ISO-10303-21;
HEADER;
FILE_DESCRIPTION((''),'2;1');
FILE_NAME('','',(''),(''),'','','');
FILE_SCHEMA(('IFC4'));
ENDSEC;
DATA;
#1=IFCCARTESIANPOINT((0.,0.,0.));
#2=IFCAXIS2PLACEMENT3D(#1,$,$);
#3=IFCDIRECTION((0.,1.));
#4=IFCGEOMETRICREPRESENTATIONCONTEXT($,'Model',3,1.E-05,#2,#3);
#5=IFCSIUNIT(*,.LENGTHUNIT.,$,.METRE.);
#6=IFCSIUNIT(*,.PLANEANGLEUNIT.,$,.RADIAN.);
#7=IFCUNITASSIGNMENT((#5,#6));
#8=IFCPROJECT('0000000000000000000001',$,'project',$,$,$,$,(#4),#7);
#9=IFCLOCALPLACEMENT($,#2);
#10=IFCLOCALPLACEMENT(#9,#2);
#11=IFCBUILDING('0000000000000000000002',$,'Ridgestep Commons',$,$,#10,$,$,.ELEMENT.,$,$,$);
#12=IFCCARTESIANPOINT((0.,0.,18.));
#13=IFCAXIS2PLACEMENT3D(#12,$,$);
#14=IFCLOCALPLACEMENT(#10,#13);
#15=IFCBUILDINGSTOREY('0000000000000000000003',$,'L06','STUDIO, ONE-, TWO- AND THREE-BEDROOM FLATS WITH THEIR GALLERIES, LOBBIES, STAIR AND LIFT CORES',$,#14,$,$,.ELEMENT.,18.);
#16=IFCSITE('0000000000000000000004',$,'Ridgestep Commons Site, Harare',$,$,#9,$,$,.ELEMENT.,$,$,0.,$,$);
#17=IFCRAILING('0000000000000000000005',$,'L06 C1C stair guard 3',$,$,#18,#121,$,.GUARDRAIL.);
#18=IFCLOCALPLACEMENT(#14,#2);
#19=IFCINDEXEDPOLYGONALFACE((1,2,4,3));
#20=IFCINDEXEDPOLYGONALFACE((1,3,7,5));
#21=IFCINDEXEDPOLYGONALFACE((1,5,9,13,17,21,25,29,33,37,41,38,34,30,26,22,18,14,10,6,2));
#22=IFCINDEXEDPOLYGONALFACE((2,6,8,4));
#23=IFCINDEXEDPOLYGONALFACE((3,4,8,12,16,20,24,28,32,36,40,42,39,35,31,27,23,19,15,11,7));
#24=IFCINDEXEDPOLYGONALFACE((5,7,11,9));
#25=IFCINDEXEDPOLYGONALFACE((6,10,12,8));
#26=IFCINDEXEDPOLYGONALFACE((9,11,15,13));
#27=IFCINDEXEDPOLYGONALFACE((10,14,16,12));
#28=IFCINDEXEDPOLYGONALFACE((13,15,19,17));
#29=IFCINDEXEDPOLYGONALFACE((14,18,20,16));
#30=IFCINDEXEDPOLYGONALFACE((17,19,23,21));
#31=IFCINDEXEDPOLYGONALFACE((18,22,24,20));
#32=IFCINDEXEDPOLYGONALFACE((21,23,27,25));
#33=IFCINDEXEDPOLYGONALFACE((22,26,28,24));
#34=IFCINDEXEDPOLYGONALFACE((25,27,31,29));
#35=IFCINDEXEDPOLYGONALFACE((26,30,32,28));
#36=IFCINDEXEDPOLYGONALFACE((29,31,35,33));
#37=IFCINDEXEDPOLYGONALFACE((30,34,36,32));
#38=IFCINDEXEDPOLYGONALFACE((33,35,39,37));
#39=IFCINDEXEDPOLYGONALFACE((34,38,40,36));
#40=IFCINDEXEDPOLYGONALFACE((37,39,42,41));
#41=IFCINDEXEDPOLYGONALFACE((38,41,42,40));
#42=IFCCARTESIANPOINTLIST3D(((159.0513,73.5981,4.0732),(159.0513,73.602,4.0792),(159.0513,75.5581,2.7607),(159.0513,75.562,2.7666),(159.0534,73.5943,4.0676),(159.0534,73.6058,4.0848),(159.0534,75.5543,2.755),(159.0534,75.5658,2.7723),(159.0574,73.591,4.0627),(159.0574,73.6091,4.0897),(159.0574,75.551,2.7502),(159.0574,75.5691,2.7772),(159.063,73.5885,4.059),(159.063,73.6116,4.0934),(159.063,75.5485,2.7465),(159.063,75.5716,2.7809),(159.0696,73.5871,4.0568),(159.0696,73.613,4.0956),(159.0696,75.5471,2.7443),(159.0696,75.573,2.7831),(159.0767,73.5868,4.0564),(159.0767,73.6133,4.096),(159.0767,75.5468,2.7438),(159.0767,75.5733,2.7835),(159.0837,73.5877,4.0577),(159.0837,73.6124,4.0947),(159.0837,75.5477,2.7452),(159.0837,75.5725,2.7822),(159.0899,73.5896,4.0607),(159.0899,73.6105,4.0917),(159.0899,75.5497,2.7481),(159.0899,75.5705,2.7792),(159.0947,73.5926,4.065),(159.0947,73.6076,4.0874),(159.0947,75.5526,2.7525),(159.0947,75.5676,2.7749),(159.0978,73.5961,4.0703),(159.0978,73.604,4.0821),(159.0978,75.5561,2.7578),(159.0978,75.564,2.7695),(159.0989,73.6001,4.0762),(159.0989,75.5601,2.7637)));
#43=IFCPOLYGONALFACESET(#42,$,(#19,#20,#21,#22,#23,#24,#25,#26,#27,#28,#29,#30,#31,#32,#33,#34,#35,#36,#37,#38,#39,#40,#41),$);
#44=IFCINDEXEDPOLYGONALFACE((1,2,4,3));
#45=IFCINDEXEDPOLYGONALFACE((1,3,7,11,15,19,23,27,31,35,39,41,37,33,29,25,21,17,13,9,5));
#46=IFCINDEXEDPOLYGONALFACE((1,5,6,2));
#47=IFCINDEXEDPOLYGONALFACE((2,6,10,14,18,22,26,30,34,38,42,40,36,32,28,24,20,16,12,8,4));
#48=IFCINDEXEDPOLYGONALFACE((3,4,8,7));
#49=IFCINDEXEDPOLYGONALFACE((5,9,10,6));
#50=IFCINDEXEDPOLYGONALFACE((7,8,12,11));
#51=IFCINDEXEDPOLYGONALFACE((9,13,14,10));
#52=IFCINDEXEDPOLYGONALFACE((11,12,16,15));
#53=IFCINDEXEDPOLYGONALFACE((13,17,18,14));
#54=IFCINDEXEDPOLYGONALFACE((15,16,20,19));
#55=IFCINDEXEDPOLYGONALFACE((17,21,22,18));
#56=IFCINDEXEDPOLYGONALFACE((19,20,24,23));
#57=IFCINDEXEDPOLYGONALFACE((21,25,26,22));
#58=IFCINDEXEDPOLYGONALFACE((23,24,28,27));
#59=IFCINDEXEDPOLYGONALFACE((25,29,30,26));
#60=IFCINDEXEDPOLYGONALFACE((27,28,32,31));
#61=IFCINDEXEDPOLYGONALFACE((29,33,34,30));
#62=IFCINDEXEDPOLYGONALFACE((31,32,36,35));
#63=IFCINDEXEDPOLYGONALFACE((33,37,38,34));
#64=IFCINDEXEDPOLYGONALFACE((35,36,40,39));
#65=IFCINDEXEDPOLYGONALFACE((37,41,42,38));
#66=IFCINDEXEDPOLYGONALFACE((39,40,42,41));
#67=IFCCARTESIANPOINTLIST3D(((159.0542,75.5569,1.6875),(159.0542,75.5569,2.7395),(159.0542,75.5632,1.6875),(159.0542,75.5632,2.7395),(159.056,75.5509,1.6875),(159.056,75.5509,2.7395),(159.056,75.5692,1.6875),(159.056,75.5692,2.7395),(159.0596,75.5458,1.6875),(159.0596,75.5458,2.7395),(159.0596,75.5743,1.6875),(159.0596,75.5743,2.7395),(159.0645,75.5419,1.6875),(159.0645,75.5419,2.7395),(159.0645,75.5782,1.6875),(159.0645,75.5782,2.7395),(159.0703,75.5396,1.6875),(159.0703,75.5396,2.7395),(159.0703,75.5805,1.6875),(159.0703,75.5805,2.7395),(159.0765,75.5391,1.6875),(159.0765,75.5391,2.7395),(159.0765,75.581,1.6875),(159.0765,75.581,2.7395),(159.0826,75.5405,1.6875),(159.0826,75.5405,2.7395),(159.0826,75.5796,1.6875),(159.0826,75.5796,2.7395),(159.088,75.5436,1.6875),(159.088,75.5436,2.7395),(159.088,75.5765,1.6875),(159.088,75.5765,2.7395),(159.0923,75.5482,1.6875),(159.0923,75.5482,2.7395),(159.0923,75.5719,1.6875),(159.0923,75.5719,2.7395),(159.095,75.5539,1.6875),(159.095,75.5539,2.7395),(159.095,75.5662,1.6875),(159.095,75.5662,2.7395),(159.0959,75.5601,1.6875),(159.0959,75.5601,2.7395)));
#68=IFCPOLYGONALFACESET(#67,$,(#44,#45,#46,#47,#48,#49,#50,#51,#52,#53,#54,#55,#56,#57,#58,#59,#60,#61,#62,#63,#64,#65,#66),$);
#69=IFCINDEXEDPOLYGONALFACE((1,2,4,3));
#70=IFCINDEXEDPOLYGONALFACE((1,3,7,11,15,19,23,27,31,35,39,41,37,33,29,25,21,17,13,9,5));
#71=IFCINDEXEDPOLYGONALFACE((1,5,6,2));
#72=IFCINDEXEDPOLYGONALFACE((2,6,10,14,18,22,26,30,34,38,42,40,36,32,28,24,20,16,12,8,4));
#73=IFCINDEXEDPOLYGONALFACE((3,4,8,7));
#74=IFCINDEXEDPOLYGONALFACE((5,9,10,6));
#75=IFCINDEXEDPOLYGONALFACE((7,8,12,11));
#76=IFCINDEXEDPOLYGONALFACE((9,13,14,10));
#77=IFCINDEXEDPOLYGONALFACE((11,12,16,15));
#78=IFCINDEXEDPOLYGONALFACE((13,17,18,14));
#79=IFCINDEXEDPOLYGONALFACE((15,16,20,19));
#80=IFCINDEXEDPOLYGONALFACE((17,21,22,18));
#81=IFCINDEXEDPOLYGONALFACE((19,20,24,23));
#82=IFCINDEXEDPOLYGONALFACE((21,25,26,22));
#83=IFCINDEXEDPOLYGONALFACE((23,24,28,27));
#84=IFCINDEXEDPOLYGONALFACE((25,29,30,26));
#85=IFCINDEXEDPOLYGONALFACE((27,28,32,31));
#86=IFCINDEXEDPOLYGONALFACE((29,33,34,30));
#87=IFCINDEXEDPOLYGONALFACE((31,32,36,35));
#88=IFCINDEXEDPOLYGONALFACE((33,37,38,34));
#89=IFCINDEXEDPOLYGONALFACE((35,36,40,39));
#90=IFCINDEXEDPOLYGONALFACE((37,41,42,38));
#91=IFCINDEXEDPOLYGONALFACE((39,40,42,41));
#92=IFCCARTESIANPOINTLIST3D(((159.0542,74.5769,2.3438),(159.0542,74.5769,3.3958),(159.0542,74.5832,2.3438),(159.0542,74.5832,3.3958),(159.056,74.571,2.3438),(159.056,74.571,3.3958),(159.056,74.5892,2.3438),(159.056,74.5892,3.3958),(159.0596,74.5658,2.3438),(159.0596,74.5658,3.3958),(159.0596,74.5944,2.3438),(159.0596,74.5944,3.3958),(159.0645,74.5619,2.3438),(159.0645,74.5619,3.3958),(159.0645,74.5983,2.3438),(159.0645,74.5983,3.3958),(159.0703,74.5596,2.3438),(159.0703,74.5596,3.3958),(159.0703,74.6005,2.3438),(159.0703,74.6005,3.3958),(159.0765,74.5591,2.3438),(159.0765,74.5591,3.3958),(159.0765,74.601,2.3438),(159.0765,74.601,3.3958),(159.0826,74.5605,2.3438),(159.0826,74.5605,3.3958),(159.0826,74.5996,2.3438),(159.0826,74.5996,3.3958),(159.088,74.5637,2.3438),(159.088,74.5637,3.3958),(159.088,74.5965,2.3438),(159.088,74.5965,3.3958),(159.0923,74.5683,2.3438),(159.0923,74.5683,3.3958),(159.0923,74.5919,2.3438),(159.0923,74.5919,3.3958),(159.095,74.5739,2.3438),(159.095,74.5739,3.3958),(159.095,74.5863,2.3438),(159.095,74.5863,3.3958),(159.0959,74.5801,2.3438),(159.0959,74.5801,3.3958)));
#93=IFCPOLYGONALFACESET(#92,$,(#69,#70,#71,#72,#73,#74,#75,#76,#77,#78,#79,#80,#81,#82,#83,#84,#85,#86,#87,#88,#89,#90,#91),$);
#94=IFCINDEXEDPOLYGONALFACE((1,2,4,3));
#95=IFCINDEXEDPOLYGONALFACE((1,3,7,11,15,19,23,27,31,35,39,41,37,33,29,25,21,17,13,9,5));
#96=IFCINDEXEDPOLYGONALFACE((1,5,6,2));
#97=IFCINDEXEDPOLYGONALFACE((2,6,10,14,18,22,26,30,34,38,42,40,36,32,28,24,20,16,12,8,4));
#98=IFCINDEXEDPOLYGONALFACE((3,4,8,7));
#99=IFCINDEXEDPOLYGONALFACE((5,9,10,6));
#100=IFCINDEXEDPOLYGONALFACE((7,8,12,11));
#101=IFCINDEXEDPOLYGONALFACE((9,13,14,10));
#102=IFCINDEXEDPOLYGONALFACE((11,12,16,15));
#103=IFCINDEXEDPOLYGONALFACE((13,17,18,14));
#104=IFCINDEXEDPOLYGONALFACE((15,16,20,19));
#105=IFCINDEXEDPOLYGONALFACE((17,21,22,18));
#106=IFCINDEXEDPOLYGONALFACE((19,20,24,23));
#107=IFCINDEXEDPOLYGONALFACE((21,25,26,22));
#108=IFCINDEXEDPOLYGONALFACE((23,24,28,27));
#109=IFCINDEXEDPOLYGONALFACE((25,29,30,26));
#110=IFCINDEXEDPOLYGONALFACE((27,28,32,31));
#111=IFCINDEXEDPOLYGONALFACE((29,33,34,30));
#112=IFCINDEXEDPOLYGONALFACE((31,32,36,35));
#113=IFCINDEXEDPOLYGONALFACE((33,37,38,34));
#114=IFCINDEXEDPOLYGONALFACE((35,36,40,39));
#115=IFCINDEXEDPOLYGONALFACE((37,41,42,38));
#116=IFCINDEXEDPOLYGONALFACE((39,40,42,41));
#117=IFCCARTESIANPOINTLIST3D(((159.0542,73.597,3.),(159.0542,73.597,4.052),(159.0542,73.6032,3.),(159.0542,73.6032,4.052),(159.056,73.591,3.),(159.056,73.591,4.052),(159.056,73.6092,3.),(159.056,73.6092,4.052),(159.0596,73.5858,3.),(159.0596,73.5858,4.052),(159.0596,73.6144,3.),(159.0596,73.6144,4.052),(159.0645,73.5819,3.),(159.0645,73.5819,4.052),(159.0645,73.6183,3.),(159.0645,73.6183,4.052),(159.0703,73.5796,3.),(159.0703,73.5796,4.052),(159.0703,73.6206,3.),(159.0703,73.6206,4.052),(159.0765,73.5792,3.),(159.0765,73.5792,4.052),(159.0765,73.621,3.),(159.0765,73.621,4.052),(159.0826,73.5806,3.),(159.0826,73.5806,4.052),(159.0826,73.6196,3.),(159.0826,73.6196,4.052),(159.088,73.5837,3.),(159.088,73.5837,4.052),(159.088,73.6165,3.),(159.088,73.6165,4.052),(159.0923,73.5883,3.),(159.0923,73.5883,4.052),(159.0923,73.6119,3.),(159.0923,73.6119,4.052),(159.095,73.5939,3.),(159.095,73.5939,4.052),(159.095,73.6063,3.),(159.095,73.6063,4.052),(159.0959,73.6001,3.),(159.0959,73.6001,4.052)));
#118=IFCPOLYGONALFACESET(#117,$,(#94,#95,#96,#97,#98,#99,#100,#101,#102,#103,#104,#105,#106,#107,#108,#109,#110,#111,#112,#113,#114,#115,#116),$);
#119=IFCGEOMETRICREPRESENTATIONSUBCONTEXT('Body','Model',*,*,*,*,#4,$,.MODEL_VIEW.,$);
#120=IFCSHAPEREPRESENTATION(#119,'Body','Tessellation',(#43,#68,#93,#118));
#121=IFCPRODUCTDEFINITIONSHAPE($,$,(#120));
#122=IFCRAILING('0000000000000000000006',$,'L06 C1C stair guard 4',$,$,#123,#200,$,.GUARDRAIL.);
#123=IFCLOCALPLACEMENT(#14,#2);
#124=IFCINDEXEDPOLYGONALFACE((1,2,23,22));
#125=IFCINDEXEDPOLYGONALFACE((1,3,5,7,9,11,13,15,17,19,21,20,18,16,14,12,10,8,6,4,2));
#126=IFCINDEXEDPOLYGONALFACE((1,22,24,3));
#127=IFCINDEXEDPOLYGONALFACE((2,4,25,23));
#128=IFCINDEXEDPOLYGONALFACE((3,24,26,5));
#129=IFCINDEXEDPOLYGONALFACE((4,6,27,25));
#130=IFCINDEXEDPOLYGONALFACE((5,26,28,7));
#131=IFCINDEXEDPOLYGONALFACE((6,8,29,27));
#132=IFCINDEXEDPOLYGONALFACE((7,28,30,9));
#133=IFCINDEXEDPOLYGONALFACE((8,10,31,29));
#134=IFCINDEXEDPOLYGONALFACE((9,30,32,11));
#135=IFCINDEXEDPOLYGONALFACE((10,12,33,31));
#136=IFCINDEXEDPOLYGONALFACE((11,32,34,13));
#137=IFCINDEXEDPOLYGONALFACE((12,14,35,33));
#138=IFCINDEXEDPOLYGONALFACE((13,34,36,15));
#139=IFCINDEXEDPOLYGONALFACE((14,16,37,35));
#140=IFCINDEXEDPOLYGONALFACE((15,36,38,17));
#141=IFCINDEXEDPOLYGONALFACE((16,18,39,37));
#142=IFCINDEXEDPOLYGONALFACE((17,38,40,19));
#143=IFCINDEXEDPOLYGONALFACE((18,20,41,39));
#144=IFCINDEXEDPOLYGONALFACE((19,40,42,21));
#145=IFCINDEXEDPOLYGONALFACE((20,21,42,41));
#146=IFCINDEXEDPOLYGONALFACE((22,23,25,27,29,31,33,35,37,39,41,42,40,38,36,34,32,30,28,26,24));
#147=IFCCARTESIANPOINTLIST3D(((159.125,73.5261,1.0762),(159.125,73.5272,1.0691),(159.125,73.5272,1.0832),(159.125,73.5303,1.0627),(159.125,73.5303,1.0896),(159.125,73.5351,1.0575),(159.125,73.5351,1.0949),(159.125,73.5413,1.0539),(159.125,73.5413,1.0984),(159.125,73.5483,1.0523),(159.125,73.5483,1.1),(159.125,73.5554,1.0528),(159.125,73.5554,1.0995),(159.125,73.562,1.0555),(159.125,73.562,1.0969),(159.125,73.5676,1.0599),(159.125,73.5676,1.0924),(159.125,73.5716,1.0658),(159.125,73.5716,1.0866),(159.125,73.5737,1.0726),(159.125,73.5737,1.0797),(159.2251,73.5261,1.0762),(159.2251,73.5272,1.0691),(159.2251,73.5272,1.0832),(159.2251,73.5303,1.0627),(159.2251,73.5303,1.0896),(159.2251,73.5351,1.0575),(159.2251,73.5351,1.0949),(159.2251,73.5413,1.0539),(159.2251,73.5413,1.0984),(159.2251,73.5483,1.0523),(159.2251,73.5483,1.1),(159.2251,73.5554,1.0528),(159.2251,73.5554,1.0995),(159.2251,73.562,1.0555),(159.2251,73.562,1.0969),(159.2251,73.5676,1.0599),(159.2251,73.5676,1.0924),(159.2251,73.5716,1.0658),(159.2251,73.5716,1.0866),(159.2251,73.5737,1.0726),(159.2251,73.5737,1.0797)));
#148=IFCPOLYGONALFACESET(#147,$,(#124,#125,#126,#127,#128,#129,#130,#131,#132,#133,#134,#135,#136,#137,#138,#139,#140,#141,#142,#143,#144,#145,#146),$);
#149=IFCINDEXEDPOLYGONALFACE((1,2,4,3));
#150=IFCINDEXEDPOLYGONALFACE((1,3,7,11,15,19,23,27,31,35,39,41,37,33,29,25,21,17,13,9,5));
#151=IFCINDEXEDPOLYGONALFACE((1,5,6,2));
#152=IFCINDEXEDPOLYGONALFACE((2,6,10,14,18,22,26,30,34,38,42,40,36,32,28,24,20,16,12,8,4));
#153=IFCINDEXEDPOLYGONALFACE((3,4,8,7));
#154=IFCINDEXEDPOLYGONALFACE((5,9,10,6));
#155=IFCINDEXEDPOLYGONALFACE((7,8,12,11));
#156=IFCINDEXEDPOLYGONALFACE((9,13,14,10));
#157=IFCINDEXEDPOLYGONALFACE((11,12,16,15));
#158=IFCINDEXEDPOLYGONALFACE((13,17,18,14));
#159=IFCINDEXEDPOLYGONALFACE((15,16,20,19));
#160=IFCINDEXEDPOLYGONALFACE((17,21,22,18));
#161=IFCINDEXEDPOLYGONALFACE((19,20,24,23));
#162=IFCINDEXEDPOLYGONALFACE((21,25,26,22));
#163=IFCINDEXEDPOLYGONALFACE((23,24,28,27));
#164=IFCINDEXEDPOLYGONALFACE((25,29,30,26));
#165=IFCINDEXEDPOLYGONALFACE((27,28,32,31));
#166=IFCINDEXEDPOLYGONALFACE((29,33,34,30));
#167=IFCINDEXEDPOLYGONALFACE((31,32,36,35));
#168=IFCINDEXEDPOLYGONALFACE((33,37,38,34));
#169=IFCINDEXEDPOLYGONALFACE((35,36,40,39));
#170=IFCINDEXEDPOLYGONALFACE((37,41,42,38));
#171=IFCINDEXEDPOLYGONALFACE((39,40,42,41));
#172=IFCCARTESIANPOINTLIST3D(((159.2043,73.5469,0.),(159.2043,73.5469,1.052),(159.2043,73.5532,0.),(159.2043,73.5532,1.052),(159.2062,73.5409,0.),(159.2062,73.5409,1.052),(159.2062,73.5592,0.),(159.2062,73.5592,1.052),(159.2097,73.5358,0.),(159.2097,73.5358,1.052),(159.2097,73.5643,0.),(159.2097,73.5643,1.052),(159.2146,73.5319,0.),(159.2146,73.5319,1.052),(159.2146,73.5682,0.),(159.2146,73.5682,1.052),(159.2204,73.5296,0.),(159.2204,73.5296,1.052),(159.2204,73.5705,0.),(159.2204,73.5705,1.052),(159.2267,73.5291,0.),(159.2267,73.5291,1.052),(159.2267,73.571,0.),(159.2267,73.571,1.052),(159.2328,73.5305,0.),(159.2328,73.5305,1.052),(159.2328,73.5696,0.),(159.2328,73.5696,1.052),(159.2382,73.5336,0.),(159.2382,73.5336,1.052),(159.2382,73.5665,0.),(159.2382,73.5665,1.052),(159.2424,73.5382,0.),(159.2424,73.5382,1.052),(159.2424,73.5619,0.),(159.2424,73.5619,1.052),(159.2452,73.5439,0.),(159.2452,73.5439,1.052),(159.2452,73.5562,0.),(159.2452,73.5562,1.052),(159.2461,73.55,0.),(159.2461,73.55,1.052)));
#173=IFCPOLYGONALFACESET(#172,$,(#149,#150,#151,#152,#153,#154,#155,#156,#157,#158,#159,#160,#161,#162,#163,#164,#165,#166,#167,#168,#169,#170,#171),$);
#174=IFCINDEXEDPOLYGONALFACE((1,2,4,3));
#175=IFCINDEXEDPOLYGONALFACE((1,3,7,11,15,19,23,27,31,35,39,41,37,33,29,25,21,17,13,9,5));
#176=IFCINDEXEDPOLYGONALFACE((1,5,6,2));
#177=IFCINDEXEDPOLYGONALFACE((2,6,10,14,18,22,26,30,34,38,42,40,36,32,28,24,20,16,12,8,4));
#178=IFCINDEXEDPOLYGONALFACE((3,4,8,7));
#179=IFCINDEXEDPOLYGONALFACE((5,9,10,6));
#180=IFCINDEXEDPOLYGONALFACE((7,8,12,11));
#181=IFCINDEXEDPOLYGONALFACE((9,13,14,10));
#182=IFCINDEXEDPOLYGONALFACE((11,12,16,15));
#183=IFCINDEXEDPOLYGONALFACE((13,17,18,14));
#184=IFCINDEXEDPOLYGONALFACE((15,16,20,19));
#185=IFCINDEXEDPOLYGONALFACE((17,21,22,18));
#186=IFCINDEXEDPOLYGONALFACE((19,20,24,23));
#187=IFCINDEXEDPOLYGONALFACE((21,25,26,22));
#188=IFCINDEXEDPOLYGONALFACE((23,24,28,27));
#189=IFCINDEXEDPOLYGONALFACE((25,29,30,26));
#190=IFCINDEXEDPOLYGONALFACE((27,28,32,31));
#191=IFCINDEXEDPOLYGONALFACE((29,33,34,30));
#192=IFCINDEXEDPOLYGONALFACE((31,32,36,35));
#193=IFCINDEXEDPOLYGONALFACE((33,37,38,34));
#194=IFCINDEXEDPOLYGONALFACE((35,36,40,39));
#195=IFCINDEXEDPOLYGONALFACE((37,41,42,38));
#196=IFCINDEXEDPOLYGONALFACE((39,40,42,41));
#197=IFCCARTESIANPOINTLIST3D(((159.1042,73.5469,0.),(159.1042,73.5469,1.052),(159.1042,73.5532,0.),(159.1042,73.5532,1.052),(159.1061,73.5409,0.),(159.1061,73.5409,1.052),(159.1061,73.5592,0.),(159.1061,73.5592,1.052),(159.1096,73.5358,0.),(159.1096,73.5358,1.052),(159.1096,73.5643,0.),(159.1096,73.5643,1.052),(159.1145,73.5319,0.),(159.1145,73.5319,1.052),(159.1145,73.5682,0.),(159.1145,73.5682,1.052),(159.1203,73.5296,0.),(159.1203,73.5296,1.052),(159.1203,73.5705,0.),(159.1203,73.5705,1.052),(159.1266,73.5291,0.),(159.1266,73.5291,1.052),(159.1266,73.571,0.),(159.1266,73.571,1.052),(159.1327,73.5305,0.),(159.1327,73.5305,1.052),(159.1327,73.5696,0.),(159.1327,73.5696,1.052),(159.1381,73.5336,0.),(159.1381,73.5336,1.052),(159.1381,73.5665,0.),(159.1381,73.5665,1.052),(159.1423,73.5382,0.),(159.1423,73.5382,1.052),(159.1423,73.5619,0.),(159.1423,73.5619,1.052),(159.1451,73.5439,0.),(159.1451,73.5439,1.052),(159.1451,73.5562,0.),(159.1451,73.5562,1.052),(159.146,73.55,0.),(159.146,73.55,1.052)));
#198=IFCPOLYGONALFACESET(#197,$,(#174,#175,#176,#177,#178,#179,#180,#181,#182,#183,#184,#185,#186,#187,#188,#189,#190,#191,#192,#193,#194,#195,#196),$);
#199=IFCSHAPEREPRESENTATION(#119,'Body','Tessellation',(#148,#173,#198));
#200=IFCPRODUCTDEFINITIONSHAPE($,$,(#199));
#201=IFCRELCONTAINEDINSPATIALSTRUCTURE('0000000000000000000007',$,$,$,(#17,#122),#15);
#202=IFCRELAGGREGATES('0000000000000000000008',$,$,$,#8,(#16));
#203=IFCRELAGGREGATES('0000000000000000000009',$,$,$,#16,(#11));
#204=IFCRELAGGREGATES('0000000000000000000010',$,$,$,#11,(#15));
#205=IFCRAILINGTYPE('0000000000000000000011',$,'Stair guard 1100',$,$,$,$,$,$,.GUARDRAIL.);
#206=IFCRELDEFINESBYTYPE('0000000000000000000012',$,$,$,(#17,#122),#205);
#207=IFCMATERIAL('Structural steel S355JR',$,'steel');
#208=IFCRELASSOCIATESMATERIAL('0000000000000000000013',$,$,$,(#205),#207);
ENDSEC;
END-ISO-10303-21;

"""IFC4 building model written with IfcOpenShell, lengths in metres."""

from ifc_helpers import new_model, si_unit, direction, frame, origin, origin_2d, place, context, subcontext, project, spatial, circle, extrude, material, type_object, element, save


model = new_model("IFC4")

# Units and contexts
model_context = context("Model", 3, precision=1e-05, world=origin(), true_north=direction((0.0, 1.0)))
body_context = subcontext(model_context, "Body", "Model", "MODEL_VIEW")
ifc_project = project(units=[si_unit("LENGTHUNIT", "METRE"), si_unit("PLANEANGLEUNIT", "RADIAN")], contexts=[model_context])

# Site, building, storey
site_placement = place(None, origin())
site = spatial("IfcSite", under=ifc_project, at=site_placement, Name="Ridgestep Commons Site, Harare", CompositionType="ELEMENT", RefElevation=0.0)
building_placement = place(site_placement, origin())
building = spatial("IfcBuilding", under=site, at=building_placement, Name="Ridgestep Commons", CompositionType="ELEMENT")
storey_placement = place(building_placement, frame((0.0, 0.0, 18.0)))
storey = spatial("IfcBuildingStorey", under=building, at=storey_placement, Name="L06", Description="STUDIO, ONE-, TWO- AND THREE-BEDROOM FLATS WITH THEIR GALLERIES, LOBBIES, STAIR AND LIFT CORES", CompositionType="ELEMENT", Elevation=18.0)

# Railings
ifc_material_1 = material(Name="Structural steel S355JR", Category="steel")
railing_type_1 = type_object("IfcRailingType", Name="Stair guard 1100", PredefinedType="GUARDRAIL", material=ifc_material_1)
railing_1_placement = place(storey_placement, frame((159.075, 75.5601, 1.6875)))
element("IfcRailing", 1, at=railing_1_placement, inside=storey, type_object=railing_type_1, Name="L06 C1C stair guard 3", PredefinedType="GUARDRAIL", context=body_context, shape_type="SweptSolid", body=[
    extrude(circle(Radius=0.0239, at=origin_2d()), frame((0.0, 0.0, 1.0762), z_axis=(0.0, -0.830902, 0.556419), x_axis=(1.0, 0.0, 0.0)), (0.0, 0.0, 1.0), 2.3589),
    extrude(circle(Radius=0.021, at=origin_2d()), origin(), (0.0, 0.0, 1.0), 1.052),
    extrude(circle(Radius=0.021, at=origin_2d()), frame((0.0, -0.98, 0.6562)), (0.0, 0.0, 1.0), 1.052),
    extrude(circle(Radius=0.021, at=origin_2d()), frame((0.0, -1.96, 1.3125)), (0.0, 0.0, 1.0), 1.052),
])
railing_2_placement = place(storey_placement, frame((159.2251, 73.55, 0.0)))
element("IfcRailing", 2, at=railing_2_placement, inside=storey, type_object=railing_type_1, Name="L06 C1C stair guard 4", PredefinedType="GUARDRAIL", context=body_context, shape_type="SweptSolid", body=[
    extrude(circle(Radius=0.0239, at=origin_2d()), frame((0.0, 0.0, 1.0762), z_axis=(-1.0, 0.0, 0.0), x_axis=(0.0, -1.0, 0.0)), (0.0, 0.0, 1.0), 0.1001),
    extrude(circle(Radius=0.021, at=origin_2d()), origin(), (0.0, 0.0, 1.0), 1.052),
    extrude(circle(Radius=0.021, at=origin_2d()), frame((-0.1001, 0.0, 0.0)), (0.0, 0.0, 1.0), 1.052),
])

save(model, "model.ifc")
